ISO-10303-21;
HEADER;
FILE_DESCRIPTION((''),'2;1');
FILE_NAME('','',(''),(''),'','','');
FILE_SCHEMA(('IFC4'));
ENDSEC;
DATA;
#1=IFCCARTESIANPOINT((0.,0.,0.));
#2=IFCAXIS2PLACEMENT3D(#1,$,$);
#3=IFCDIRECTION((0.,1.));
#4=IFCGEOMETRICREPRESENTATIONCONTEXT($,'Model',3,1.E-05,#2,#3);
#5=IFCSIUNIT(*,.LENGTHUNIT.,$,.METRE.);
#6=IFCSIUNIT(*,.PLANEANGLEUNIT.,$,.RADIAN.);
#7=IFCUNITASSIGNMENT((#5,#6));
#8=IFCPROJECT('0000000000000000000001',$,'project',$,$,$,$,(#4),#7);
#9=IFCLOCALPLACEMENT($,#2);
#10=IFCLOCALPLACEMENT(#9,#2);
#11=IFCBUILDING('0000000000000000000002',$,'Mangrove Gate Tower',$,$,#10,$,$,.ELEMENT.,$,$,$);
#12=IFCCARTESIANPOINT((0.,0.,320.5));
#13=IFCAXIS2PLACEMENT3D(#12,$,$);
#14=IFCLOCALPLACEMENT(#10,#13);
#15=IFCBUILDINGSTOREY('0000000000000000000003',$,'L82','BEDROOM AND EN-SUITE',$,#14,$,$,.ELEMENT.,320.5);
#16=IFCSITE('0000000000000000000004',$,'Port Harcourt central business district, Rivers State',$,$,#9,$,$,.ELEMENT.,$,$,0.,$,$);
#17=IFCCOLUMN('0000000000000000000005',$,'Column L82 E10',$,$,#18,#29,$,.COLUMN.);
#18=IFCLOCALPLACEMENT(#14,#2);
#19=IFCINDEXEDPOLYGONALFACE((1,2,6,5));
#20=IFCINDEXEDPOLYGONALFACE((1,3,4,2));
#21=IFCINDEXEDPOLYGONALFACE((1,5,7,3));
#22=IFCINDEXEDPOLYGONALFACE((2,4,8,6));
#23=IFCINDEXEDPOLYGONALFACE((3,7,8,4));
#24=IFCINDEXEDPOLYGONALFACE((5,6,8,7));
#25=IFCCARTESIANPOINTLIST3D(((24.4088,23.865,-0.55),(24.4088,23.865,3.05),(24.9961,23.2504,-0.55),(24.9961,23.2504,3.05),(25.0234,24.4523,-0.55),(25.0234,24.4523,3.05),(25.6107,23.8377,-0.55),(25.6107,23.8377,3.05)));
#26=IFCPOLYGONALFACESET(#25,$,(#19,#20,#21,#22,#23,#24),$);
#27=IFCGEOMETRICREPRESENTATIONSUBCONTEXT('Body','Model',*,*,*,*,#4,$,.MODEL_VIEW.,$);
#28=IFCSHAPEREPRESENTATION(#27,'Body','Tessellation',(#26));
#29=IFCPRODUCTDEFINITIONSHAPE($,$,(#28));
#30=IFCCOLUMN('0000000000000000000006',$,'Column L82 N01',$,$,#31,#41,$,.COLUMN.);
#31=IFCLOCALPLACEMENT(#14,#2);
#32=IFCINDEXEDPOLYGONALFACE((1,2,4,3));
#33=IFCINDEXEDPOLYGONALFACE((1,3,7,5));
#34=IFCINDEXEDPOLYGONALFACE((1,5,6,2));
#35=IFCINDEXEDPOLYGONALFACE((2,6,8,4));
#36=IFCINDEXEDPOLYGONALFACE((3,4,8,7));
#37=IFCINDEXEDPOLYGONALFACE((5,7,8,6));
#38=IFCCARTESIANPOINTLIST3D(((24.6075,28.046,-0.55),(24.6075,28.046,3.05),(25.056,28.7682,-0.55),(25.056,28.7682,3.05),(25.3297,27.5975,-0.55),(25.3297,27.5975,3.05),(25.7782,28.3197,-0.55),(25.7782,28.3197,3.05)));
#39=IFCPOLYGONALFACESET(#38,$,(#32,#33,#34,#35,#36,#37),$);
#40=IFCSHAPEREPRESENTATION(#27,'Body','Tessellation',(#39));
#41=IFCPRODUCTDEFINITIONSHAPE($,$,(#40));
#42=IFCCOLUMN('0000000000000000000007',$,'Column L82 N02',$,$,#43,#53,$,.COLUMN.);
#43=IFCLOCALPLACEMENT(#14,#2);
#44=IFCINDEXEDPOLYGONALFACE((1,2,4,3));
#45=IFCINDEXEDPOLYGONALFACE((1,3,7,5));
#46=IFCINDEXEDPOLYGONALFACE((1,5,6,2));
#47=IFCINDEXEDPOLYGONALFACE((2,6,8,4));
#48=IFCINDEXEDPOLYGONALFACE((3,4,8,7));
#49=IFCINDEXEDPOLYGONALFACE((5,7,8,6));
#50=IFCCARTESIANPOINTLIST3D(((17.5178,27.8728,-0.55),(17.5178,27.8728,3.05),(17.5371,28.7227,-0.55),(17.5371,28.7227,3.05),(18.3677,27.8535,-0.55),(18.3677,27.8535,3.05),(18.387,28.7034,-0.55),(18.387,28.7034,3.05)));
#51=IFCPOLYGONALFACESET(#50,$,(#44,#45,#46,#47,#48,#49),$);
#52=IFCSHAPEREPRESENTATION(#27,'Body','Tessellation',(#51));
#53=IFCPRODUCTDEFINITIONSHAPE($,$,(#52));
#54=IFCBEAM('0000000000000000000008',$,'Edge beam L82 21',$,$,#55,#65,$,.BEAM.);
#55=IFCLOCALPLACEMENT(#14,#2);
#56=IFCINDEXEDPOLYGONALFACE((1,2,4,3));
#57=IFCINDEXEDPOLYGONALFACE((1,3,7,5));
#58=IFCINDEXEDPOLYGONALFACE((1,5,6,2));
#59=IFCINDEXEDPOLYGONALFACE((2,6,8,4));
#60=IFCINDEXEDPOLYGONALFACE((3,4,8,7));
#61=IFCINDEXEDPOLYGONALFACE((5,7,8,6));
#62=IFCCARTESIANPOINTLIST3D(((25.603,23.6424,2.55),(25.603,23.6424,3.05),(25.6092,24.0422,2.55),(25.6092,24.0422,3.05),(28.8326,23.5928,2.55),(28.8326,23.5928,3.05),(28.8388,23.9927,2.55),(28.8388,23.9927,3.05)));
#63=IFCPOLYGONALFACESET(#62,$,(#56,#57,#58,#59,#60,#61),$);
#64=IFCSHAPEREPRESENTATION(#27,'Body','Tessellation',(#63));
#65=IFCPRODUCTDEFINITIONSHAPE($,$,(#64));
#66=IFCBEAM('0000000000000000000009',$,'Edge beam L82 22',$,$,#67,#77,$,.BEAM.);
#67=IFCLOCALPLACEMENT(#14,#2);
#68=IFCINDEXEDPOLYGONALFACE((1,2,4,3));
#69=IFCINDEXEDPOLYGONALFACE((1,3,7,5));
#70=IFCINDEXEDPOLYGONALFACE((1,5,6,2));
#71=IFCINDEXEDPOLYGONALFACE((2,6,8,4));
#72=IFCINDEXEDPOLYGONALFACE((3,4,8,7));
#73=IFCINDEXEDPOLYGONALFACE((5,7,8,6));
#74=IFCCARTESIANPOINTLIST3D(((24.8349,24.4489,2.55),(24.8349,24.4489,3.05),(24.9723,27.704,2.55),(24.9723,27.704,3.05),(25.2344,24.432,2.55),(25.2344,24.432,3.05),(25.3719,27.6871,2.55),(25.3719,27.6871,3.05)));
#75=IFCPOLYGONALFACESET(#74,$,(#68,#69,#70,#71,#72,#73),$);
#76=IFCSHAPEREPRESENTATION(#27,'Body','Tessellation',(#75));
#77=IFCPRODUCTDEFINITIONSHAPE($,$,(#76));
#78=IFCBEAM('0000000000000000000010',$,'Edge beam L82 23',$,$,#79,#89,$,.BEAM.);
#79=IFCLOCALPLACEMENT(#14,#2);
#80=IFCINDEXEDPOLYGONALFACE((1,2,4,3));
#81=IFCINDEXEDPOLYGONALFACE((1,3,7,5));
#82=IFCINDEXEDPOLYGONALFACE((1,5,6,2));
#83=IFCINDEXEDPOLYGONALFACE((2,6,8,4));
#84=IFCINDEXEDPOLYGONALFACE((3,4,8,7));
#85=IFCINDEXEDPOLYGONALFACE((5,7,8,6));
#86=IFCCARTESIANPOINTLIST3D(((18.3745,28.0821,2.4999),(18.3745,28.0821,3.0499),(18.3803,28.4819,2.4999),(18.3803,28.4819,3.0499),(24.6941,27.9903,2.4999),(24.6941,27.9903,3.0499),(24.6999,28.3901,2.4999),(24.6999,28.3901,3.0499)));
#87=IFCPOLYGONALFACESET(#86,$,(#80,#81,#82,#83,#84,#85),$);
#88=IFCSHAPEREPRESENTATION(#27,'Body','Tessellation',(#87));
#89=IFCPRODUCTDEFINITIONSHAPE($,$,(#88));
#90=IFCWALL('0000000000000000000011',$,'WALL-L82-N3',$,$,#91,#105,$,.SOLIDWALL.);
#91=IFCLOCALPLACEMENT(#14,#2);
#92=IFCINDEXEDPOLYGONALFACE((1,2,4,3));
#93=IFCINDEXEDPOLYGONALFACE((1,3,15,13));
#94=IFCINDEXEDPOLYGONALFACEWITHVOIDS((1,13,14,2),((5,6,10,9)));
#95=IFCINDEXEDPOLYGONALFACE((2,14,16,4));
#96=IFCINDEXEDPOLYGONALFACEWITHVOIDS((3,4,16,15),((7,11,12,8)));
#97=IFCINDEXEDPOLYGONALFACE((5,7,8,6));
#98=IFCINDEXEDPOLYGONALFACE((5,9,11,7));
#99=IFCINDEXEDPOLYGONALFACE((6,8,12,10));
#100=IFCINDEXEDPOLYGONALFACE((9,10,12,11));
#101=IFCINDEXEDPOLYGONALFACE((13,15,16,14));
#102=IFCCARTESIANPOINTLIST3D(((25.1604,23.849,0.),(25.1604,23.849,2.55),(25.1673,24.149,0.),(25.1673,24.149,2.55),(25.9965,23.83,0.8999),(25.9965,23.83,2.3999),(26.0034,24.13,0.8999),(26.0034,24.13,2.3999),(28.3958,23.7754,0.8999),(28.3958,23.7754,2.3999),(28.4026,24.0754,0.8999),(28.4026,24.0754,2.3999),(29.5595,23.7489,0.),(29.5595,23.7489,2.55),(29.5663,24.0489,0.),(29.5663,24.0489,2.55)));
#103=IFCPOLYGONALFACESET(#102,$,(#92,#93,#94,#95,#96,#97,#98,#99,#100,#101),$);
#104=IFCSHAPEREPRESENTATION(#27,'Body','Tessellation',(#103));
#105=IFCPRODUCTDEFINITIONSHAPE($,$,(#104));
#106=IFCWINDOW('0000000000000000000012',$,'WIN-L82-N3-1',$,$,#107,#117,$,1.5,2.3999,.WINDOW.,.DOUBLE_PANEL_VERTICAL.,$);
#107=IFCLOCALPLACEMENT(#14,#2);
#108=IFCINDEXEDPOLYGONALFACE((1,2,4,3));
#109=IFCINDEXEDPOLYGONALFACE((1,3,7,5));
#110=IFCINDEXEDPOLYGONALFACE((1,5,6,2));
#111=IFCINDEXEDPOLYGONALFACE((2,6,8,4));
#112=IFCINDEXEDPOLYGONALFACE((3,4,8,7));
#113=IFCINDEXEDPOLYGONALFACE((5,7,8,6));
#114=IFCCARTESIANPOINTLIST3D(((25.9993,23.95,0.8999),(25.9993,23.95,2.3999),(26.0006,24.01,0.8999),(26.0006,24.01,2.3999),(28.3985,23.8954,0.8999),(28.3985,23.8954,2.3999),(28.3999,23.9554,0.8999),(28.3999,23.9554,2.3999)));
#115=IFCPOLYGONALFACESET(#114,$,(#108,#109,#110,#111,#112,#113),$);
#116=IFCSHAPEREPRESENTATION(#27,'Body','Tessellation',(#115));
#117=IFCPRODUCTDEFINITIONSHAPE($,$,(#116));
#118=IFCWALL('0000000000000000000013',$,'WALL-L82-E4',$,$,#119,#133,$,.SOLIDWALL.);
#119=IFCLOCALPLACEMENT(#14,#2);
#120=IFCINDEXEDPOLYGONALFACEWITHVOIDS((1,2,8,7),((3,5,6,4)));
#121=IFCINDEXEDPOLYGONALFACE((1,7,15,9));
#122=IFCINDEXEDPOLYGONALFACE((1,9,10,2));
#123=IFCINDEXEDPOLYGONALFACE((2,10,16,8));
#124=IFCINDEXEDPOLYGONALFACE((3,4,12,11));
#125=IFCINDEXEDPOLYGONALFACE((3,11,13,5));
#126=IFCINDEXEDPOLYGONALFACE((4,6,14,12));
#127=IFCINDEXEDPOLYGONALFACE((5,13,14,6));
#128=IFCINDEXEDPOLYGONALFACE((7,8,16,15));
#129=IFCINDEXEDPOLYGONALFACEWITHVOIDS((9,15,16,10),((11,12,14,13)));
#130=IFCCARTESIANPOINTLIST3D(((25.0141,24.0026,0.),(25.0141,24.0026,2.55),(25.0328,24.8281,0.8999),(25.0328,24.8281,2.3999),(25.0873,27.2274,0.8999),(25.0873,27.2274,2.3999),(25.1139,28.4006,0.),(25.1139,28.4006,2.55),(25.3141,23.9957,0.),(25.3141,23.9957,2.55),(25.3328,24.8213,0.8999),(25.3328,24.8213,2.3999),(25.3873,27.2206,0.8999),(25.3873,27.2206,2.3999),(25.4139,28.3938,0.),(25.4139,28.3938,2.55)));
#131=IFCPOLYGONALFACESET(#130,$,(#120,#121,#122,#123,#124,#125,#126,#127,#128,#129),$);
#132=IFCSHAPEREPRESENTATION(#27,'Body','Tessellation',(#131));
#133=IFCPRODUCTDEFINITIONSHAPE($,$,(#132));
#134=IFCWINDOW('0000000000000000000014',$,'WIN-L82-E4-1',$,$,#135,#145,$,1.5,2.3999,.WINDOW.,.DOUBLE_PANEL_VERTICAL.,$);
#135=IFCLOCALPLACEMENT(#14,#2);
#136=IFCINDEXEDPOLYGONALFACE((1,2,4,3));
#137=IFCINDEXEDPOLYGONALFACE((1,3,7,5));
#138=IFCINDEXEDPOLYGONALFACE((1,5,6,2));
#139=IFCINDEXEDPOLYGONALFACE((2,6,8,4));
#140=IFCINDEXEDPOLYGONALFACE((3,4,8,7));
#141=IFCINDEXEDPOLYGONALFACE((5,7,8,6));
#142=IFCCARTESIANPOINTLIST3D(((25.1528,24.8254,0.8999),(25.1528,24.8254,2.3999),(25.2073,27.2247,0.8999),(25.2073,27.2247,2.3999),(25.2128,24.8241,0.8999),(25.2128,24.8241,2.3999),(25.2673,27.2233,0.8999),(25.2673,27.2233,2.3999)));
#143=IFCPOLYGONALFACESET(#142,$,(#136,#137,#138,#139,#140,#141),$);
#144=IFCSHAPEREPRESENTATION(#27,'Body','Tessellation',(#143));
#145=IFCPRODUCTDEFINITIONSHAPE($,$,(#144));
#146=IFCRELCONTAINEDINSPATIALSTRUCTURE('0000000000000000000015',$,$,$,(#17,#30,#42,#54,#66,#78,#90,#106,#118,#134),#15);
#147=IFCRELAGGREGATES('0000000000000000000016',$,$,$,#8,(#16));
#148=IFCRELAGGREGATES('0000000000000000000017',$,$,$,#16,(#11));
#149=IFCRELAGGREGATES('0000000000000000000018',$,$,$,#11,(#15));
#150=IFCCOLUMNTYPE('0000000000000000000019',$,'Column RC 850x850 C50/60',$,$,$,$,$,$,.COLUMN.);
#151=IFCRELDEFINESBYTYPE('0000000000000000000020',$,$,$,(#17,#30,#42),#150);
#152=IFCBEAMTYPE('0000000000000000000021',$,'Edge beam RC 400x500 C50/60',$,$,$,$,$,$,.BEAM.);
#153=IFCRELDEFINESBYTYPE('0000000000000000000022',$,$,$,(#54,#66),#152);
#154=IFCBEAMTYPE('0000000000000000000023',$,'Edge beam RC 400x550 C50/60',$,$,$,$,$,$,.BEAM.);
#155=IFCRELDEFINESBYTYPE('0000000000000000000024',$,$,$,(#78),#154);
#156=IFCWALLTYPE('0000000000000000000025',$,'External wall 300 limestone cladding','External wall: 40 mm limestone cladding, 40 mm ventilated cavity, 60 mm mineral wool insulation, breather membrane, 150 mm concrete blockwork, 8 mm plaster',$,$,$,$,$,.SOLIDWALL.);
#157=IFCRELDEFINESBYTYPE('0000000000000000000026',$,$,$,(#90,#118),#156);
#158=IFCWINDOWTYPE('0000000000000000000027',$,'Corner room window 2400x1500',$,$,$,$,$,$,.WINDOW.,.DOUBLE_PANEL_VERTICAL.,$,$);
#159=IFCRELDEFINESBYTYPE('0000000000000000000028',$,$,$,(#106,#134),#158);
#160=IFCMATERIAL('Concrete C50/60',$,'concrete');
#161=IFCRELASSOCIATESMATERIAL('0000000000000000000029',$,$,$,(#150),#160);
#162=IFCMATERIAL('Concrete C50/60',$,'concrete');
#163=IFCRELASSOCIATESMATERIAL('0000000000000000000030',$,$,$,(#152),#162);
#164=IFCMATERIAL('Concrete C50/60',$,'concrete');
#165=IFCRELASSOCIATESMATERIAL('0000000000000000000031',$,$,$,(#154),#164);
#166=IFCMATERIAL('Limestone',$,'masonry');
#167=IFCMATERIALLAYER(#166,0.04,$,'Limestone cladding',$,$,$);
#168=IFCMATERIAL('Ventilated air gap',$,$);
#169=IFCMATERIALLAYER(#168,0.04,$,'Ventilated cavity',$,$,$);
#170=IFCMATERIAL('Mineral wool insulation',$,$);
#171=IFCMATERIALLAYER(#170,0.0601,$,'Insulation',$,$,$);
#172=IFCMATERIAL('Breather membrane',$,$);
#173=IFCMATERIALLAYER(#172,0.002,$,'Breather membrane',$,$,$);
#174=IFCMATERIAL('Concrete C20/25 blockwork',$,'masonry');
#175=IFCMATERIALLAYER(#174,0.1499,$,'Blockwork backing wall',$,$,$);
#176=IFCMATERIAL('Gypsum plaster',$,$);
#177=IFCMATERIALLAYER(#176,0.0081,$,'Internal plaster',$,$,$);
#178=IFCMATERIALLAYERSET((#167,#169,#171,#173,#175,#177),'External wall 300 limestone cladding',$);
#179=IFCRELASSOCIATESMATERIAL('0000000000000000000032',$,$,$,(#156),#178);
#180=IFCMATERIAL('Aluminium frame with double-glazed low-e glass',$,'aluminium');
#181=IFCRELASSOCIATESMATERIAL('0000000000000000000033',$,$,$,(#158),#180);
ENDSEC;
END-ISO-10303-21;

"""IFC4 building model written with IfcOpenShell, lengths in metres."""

from ifc_helpers import new_model, si_unit, direction, frame, frame_2d, origin, origin_2d, place, context, subcontext, project, spatial, rectangle, extrude, material, layer, layer_set, material_profile, profile_set, type_object, element, fill, save


model = new_model("IFC4")

# Units and contexts
model_context = context("Model", 3, precision=1e-05, world=origin(), true_north=direction((0.0, 1.0)))
body_context = subcontext(model_context, "Body", "Model", "MODEL_VIEW")
ifc_project = project(units=[si_unit("LENGTHUNIT", "METRE"), si_unit("PLANEANGLEUNIT", "RADIAN")], contexts=[model_context])

# Site, building, storey
site_placement = place(None, origin())
site = spatial("IfcSite", under=ifc_project, at=site_placement, Name="Port Harcourt central business district, Rivers State", CompositionType="ELEMENT", RefElevation=0.0)
building_placement = place(site_placement, origin())
building = spatial("IfcBuilding", under=site, at=building_placement, Name="Mangrove Gate Tower", CompositionType="ELEMENT")
storey_placement = place(building_placement, frame((0.0, 0.0, 320.5)))
storey = spatial("IfcBuildingStorey", under=building, at=storey_placement, Name="L82", Description="BEDROOM AND EN-SUITE", CompositionType="ELEMENT", Elevation=320.5)

# Columns
ifc_material_1 = material(Name="Concrete C50/60", Category="concrete")
ifc_material_profile_1 = material_profile(ifc_material_1, rectangle(XDim=0.8501, YDim=0.8501, at=origin_2d()))
ifc_profile_set_1 = profile_set([ifc_material_profile_1], Name="Concrete C50/60")
column_type = type_object("IfcColumnType", Name="Column RC 850x850 C50/60", PredefinedType="COLUMN", material=ifc_profile_set_1)
for number, where, z_axis, x_axis, name in (
    (1, (25.0098, 23.8513, -0.55), (0.0, 0.0, 1.0), (-0.690854, 0.722994, 0.0), "Column L82 E10"),
    (2, (25.1929, 28.1829, -0.55), (0.0, 0.0, 1.0), (-0.849494, 0.527599, 0.0), "Column L82 N01"),
    (3, (17.9524, 28.2881, -0.55), (0.0, 0.0, 1.0), (-0.999743, 0.022664, 0.0), "Column L82 N02"),
):
    element("IfcColumn", number, at=place(storey_placement, frame(where, z_axis=z_axis, x_axis=x_axis)), inside=storey, type_object=column_type, Name=name, PredefinedType="COLUMN", context=body_context, shape_type="SweptSolid", body=[
        extrude(rectangle(XDim=0.8501, YDim=0.8501, at=origin_2d()), origin(), (0.0, 0.0, 1.0), 3.6001),
    ])

# Beams
ifc_material_2 = material(Name="Concrete C50/60", Category="concrete")
ifc_material_profile_2 = material_profile(ifc_material_2, rectangle(XDim=0.3999, YDim=0.5, at=origin_2d()))
ifc_profile_set_2 = profile_set([ifc_material_profile_2], Name="Concrete C50/60")
beam_type_1 = type_object("IfcBeamType", Name="Edge beam RC 400x500 C50/60", PredefinedType="BEAM", material=ifc_profile_set_2)
beam_1_placement = place(storey_placement, frame((28.8357, 23.7927, 2.8), z_axis=(-0.999882, 0.015344, 0.0), x_axis=(-0.015344, -0.999882, 0.0)))
element("IfcBeam", 4, at=beam_1_placement, inside=storey, type_object=beam_type_1, Name="Edge beam L82 21", PredefinedType="BEAM", context=body_context, shape_type="SweptSolid", body=[
    extrude(rectangle(XDim=0.3999, YDim=0.5, at=origin_2d()), origin(), (0.0, 0.0, 1.0), 3.23),
])
beam_2_placement = place(storey_placement, frame((25.0347, 24.4404, 2.8), z_axis=(0.042188, 0.99911, 0.0), x_axis=(-0.99911, 0.042188, 0.0)))
element("IfcBeam", 5, at=beam_2_placement, inside=storey, type_object=beam_type_1, Name="Edge beam L82 22", PredefinedType="BEAM", context=body_context, shape_type="SweptSolid", body=[
    extrude(rectangle(XDim=0.3999, YDim=0.5, at=origin_2d()), origin(), (0.0, 0.0, 1.0), 3.2581),
])
ifc_material_3 = material(Name="Concrete C50/60", Category="concrete")
ifc_material_profile_3 = material_profile(ifc_material_3, rectangle(XDim=0.3999, YDim=0.55, at=origin_2d()))
ifc_profile_set_3 = profile_set([ifc_material_profile_3], Name="Concrete C50/60")
beam_type_2 = type_object("IfcBeamType", Name="Edge beam RC 400x550 C50/60", PredefinedType="BEAM", material=ifc_profile_set_3)
beam_3_placement = place(storey_placement, frame((24.697, 28.1902, 2.7749), z_axis=(-0.999895, 0.014524, 0.0), x_axis=(-0.014524, -0.999895, 0.0)))
element("IfcBeam", 6, at=beam_3_placement, inside=storey, type_object=beam_type_2, Name="Edge beam L82 23", PredefinedType="BEAM", context=body_context, shape_type="SweptSolid", body=[
    extrude(rectangle(XDim=0.3999, YDim=0.55, at=origin_2d()), origin(), (0.0, 0.0, 1.0), 6.3203),
])

# Walls, openings, windows
ifc_material_4 = material(Name="Limestone", Category="masonry")
ifc_layer_1 = layer(ifc_material_4, 0.04, Name="Limestone cladding")
ifc_material_5 = material(Name="Ventilated air gap")
ifc_layer_2 = layer(ifc_material_5, 0.04, Name="Ventilated cavity")
ifc_material_6 = material(Name="Mineral wool insulation")
ifc_layer_3 = layer(ifc_material_6, 0.0601, Name="Insulation")
ifc_material_7 = material(Name="Breather membrane")
ifc_layer_4 = layer(ifc_material_7, 0.002, Name="Breather membrane")
ifc_material_8 = material(Name="Concrete C20/25 blockwork", Category="masonry")
ifc_layer_5 = layer(ifc_material_8, 0.1499, Name="Blockwork backing wall")
ifc_material_9 = material(Name="Gypsum plaster")
ifc_layer_6 = layer(ifc_material_9, 0.0081, Name="Internal plaster")
ifc_layer_set = layer_set([ifc_layer_1, ifc_layer_2, ifc_layer_3, ifc_layer_4, ifc_layer_5, ifc_layer_6], Name="External wall 300 limestone cladding")
wall_type = type_object("IfcWallType", Name="External wall 300 limestone cladding", Description="External wall: 40 mm limestone cladding, 40 mm ventilated cavity, 60 mm mineral wool insulation, breather membrane, 150 mm concrete blockwork, 8 mm plaster", PredefinedType="SOLIDWALL", material=ifc_layer_set)
wall_1_placement = place(storey_placement, frame((29.563, 23.8989, 0.0), z_axis=(0.0, 0.0, 1.0), x_axis=(-0.999741, 0.022749, 0.0)))
wall_1 = element("IfcWall", 7, at=wall_1_placement, inside=storey, type_object=wall_type, Name="WALL-L82-N3", PredefinedType="SOLIDWALL", context=body_context, shape_type="SweptSolid", body=[
    extrude(rectangle(XDim=4.4001, YDim=0.3, at=frame_2d((2.2002, 0.0))), origin(), (0.0, 0.0, 1.0), 2.55),
])
opening_1_placement = place(wall_1_placement, frame((1.1641, 0.0, 0.8999)))
opening_1 = element("IfcOpeningElement", 8, at=opening_1_placement, cuts=wall_1, PredefinedType="OPENING", context=body_context, shape_type="SweptSolid", body=[
    extrude(rectangle(XDim=2.3999, YDim=1.5, at=frame_2d((1.2, 0.75))), frame((0.0, 0.1599, 0.0), z_axis=(0.0, -1.0, 0.0), x_axis=(1.0, 0.0, 0.0)), (0.0, 0.0, 1.0), 0.3201),
])
ifc_material_10 = material(Name="Aluminium frame with double-glazed low-e glass", Category="aluminium")
window_type = type_object("IfcWindowType", Name="Corner room window 2400x1500", PartitioningType="DOUBLE_PANEL_VERTICAL", PredefinedType="WINDOW", material=ifc_material_10)
window_1_placement = place(opening_1_placement, origin())
window_1 = element("IfcWindow", 9, at=window_1_placement, inside=storey, type_object=window_type, Name="WIN-L82-N3-1", OverallHeight=1.5, OverallWidth=2.3999, PartitioningType="DOUBLE_PANEL_VERTICAL", PredefinedType="WINDOW", context=body_context, shape_type="SweptSolid", body=[
    extrude(rectangle(XDim=2.3999, YDim=1.5, at=frame_2d((1.2, 0.75))), frame((0.0, 0.03, 0.0), z_axis=(0.0, -1.0, 0.0), x_axis=(1.0, 0.0, 0.0)), (0.0, 0.0, 1.0), 0.0601),
])
fill(opening_1, window_1)
wall_2_placement = place(storey_placement, frame((25.1641, 23.999, 0.0), z_axis=(0.0, 0.0, 1.0), x_axis=(0.022699, 0.999742, 0.0)))
wall_2 = element("IfcWall", 10, at=wall_2_placement, inside=storey, type_object=wall_type, Name="WALL-L82-E4", PredefinedType="SOLIDWALL", context=body_context, shape_type="SweptSolid", body=[
    extrude(rectangle(XDim=4.3992, YDim=0.3, at=frame_2d((2.1997, 0.0))), origin(), (0.0, 0.0, 1.0), 2.55),
])
opening_2_placement = place(wall_2_placement, frame((0.8259, 0.0, 0.8999)))
opening_2 = element("IfcOpeningElement", 11, at=opening_2_placement, cuts=wall_2, PredefinedType="OPENING", context=body_context, shape_type="SweptSolid", body=[
    extrude(rectangle(XDim=2.3999, YDim=1.5, at=frame_2d((1.2, 0.75))), frame((0.0, 0.1599, 0.0), z_axis=(0.0, -1.0, 0.0), x_axis=(1.0, 0.0, 0.0)), (0.0, 0.0, 1.0), 0.3201),
])
window_2_placement = place(opening_2_placement, origin())
window_2 = element("IfcWindow", 12, at=window_2_placement, inside=storey, type_object=window_type, Name="WIN-L82-E4-1", OverallHeight=1.5, OverallWidth=2.3999, PartitioningType="DOUBLE_PANEL_VERTICAL", PredefinedType="WINDOW", context=body_context, shape_type="SweptSolid", body=[
    extrude(rectangle(XDim=2.3999, YDim=1.5, at=frame_2d((1.2, 0.75))), frame((0.0, 0.03, 0.0), z_axis=(0.0, -1.0, 0.0), x_axis=(1.0, 0.0, 0.0)), (0.0, 0.0, 1.0), 0.0601),
])
fill(opening_2, window_2)

save(model, "model.ifc")
